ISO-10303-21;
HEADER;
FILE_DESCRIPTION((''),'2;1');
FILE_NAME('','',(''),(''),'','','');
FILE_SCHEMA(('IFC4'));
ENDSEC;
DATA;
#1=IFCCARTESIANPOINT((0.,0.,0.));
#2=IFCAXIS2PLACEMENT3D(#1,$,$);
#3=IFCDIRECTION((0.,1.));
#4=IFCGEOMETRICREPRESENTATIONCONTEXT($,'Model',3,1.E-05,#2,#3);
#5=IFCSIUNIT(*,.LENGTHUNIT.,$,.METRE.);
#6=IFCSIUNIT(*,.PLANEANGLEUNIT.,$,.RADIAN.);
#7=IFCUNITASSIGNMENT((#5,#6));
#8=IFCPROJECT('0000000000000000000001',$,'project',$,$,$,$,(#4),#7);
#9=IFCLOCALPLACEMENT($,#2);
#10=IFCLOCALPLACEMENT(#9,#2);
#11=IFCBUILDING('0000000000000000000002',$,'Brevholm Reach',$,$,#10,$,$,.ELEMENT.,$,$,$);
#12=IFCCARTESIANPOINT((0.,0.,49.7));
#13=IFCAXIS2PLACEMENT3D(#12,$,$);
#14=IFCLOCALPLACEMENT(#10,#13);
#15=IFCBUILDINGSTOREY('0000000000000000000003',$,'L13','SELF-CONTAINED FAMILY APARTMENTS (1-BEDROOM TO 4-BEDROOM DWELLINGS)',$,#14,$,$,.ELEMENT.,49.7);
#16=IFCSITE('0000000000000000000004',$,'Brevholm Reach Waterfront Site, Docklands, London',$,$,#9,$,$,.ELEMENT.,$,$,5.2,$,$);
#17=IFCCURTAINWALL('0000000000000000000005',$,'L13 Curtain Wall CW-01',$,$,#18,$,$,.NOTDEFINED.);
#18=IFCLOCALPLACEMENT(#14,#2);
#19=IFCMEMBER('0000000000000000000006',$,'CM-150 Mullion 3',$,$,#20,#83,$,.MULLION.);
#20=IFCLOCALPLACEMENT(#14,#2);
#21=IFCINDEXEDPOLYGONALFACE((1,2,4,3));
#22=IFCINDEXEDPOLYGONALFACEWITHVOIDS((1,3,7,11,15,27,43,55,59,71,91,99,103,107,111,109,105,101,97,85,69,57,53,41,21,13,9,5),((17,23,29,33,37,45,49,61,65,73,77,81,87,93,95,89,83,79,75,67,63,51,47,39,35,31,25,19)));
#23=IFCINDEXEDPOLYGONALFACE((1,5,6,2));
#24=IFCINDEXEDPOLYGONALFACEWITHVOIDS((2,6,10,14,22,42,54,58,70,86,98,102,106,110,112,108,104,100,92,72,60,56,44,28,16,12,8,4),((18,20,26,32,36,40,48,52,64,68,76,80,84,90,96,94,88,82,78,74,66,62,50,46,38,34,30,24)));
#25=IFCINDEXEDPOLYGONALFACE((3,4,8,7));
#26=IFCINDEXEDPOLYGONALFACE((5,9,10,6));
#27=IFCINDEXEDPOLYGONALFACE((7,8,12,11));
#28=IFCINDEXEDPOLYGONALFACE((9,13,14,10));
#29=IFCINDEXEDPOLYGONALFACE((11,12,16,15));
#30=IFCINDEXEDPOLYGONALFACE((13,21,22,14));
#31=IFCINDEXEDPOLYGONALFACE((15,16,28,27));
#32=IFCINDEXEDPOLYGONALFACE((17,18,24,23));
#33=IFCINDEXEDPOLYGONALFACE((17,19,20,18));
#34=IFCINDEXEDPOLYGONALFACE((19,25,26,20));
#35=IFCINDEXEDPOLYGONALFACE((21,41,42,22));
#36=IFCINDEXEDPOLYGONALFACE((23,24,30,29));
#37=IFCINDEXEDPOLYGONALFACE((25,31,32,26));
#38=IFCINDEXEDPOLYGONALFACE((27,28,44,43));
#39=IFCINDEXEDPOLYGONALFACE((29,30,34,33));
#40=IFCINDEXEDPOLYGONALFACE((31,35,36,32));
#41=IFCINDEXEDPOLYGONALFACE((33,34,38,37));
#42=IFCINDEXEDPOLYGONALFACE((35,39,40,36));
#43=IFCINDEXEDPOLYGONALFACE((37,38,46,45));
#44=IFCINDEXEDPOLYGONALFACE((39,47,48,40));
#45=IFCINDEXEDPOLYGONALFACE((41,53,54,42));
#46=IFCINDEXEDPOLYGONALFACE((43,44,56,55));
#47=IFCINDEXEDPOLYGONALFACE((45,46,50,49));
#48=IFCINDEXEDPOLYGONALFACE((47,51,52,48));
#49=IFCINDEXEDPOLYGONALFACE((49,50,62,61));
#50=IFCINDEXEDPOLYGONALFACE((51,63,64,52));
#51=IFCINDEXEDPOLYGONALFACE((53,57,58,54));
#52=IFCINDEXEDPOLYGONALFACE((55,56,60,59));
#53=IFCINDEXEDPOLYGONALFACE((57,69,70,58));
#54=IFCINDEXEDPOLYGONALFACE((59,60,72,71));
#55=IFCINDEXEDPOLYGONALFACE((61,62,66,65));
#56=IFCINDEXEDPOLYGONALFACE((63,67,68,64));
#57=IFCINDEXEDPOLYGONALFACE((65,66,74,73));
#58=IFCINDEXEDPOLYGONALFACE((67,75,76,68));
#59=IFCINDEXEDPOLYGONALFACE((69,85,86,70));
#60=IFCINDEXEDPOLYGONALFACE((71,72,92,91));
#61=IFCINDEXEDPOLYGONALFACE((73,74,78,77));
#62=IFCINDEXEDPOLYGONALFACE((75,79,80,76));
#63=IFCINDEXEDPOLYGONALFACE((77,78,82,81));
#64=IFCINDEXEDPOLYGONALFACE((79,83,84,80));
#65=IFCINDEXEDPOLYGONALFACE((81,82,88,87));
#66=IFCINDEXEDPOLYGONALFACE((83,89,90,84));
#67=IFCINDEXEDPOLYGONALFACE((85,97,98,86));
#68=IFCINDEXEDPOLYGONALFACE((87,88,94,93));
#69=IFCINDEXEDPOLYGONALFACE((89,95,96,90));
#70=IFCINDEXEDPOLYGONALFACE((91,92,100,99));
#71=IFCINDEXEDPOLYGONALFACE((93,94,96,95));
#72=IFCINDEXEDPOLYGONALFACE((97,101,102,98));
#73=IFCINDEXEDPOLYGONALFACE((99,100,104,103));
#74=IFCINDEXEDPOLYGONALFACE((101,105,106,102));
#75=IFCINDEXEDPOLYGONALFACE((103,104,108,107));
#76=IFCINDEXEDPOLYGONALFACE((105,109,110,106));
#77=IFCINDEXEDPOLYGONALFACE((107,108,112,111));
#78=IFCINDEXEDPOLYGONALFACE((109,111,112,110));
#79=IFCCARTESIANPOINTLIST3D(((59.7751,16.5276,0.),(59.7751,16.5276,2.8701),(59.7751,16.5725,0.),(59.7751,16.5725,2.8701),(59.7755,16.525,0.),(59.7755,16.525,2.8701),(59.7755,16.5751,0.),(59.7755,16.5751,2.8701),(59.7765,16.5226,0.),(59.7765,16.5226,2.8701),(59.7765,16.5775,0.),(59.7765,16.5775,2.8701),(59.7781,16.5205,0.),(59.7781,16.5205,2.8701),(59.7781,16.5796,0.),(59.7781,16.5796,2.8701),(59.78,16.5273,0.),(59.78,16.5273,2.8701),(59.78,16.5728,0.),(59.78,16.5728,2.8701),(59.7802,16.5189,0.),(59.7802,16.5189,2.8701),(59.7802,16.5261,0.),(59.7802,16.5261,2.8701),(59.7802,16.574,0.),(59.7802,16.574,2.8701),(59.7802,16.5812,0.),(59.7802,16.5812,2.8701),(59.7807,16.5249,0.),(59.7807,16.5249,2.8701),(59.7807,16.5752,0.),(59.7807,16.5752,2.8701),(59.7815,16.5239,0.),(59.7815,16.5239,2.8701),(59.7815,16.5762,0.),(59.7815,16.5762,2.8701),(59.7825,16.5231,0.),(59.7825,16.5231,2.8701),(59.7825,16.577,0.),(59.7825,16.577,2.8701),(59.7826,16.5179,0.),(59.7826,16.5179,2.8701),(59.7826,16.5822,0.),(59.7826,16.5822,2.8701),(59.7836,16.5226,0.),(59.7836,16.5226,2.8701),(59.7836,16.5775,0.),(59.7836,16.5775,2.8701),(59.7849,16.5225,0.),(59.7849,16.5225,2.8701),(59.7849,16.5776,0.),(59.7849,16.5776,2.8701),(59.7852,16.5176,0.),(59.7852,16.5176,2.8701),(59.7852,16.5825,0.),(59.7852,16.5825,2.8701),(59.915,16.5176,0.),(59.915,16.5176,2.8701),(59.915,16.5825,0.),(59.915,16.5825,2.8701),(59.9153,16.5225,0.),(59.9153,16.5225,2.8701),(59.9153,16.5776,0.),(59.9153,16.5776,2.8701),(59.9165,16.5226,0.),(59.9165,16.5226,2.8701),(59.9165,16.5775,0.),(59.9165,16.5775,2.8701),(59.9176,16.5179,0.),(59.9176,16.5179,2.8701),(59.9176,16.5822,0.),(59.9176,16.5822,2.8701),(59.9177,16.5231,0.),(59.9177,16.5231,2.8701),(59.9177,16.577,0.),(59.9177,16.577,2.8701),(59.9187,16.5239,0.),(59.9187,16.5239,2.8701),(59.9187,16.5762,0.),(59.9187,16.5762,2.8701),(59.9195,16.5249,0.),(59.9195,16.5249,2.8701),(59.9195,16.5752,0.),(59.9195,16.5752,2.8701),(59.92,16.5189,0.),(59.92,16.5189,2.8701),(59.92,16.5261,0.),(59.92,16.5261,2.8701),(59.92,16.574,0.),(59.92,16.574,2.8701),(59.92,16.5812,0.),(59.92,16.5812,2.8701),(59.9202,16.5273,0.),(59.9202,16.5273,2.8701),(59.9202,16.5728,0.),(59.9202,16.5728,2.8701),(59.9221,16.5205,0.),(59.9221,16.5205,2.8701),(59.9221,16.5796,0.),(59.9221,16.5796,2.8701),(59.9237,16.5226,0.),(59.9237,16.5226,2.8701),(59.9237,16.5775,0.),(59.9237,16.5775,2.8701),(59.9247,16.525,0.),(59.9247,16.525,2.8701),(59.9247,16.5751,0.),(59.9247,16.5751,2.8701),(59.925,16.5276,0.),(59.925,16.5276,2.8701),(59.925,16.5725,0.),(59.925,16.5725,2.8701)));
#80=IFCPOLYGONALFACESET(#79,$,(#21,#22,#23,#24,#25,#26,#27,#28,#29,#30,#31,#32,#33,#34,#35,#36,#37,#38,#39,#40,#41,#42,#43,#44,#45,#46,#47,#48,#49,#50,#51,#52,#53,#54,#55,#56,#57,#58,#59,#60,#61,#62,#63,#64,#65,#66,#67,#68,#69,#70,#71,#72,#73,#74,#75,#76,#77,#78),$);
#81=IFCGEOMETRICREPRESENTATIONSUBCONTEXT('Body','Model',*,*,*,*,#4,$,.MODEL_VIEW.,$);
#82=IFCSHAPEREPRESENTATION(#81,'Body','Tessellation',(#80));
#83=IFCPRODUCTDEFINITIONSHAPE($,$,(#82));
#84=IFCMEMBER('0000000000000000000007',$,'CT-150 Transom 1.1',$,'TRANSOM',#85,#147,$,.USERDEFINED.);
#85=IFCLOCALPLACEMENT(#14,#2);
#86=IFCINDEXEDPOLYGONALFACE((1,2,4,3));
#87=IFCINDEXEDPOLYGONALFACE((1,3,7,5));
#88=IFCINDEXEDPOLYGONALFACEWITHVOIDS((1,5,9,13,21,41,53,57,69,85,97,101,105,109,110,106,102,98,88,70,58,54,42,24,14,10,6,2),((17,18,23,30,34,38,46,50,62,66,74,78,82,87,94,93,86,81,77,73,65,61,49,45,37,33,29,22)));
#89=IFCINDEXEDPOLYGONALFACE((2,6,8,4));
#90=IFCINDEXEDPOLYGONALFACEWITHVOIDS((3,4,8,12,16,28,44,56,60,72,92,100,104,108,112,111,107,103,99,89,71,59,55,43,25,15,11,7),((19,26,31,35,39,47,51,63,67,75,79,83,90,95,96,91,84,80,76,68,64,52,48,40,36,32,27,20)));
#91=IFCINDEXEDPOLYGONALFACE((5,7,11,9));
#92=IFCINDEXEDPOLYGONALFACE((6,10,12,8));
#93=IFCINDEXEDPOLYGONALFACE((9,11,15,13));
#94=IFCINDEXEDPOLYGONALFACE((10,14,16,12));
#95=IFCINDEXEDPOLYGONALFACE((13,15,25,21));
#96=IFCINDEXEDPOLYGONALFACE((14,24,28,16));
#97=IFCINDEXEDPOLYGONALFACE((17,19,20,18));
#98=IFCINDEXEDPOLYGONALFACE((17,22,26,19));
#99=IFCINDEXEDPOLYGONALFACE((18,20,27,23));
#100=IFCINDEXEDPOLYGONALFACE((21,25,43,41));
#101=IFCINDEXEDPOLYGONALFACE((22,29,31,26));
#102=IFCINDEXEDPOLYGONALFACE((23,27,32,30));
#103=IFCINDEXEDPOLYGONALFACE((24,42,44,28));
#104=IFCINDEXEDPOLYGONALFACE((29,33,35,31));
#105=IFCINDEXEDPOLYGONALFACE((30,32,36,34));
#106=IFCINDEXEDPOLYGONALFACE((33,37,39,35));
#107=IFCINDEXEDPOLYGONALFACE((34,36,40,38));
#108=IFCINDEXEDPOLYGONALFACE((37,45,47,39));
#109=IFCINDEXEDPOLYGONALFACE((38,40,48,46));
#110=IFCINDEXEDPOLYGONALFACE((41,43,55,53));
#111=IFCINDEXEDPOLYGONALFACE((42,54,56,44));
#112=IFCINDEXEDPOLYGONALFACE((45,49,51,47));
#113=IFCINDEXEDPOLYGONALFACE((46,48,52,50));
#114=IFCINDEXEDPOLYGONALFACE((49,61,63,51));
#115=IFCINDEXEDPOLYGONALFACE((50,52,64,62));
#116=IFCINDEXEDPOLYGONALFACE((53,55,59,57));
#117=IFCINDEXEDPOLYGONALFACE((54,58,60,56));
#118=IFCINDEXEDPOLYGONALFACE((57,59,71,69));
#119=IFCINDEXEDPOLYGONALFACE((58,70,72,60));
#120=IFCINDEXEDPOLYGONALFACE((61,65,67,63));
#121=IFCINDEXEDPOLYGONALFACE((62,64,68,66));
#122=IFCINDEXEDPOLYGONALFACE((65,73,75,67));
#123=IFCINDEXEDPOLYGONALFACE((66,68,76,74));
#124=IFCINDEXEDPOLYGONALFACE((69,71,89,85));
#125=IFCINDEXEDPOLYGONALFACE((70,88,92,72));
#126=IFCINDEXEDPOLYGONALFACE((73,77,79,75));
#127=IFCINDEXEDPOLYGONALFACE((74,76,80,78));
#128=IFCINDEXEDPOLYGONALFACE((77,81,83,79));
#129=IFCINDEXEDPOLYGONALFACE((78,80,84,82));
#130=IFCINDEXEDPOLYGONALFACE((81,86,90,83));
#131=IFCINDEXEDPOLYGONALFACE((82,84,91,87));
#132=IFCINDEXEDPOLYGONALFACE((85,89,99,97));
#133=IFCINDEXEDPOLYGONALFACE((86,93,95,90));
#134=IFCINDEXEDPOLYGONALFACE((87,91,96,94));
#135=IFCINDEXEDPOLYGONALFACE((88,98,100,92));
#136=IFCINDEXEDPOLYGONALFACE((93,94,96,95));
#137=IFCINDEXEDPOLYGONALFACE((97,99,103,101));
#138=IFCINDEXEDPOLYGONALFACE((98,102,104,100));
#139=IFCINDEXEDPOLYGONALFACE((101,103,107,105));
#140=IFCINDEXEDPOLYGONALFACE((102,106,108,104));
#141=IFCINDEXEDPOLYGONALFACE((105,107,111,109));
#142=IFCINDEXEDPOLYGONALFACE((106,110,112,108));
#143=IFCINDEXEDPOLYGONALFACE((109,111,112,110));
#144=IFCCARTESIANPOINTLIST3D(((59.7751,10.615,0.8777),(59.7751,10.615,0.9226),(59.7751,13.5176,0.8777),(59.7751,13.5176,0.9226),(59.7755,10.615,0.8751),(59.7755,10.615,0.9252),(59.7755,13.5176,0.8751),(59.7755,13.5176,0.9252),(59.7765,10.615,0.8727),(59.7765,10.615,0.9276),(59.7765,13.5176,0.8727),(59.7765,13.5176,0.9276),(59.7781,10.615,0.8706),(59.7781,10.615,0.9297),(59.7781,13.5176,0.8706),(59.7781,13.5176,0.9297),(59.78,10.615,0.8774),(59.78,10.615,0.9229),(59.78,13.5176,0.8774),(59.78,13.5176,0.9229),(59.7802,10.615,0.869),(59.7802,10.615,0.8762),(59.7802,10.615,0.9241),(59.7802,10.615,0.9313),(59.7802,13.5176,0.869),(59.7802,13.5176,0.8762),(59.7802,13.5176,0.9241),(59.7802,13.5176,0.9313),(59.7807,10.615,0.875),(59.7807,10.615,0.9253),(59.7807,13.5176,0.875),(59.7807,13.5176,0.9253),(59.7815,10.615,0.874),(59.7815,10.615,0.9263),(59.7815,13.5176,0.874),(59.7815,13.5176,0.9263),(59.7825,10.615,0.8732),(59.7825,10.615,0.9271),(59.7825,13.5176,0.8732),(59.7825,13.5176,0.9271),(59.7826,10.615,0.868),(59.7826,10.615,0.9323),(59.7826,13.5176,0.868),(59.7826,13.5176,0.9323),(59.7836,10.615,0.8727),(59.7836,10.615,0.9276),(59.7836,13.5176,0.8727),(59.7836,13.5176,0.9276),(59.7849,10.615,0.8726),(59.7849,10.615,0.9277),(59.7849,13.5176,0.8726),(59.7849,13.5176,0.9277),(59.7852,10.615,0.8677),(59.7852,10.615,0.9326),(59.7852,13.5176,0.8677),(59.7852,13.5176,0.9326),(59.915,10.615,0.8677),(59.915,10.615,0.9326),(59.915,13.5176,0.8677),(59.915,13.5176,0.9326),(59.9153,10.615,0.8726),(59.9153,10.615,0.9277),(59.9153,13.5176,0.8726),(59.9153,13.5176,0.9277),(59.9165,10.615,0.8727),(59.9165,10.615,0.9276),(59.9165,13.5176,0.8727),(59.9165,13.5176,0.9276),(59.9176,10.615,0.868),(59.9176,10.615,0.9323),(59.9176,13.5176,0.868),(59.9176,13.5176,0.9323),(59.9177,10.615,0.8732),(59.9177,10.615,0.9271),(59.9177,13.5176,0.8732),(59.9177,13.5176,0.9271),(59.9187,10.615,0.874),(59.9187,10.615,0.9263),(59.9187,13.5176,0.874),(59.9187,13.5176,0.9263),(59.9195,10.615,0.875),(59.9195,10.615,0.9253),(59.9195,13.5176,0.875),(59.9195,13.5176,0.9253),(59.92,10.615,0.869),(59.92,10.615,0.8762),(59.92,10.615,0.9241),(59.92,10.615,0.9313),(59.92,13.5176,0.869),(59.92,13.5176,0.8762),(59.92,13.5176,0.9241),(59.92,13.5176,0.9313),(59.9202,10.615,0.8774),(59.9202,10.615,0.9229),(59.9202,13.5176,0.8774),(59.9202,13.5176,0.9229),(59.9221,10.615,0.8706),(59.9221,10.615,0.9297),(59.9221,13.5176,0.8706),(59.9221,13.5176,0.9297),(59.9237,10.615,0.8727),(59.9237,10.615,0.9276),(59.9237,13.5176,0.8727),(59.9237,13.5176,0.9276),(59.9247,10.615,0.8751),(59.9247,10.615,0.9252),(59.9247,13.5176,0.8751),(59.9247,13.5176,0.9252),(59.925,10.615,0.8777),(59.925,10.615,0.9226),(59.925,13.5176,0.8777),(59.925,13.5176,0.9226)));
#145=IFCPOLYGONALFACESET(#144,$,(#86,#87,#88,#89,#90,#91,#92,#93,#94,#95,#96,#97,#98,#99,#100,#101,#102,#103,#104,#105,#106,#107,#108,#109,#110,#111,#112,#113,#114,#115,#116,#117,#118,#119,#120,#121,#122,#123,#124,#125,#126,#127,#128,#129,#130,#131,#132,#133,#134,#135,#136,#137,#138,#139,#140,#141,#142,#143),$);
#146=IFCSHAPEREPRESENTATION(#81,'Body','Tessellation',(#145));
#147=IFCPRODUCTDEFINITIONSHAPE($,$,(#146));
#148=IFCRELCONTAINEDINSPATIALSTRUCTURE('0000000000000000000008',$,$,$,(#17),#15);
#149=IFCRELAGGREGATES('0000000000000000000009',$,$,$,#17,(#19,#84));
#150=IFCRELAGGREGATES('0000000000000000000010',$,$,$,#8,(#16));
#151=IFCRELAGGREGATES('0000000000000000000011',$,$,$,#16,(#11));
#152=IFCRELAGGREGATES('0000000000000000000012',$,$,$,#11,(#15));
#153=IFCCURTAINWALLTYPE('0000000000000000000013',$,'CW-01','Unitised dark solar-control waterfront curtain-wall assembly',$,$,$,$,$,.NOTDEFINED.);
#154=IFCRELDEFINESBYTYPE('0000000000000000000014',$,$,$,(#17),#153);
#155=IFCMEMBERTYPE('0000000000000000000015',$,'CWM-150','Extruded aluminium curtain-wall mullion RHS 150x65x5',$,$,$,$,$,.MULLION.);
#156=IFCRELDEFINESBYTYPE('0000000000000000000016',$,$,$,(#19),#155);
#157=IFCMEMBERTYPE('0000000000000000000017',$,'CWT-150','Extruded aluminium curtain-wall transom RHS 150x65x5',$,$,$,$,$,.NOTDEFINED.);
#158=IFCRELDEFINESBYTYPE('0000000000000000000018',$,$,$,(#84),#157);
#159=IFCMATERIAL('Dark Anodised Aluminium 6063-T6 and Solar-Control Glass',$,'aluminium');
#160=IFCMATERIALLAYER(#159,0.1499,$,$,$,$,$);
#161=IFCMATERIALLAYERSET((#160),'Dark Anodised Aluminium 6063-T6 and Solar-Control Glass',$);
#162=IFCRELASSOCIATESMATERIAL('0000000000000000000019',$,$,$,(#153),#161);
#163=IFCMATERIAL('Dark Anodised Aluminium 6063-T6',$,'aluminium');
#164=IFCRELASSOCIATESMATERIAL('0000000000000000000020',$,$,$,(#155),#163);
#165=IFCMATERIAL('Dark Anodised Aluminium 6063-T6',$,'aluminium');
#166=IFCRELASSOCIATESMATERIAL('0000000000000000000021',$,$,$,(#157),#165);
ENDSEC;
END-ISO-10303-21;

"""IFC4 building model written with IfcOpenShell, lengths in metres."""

from ifc_helpers import new_model, si_unit, direction, frame, origin, origin_2d, place, context, subcontext, project, spatial, hollow_rectangle, extrude, material, layer, layer_set, material_profile, profile_set, type_object, element, aggregate, save


model = new_model("IFC4")

# Units and contexts
model_context = context("Model", 3, precision=1e-05, world=origin(), true_north=direction((0.0, 1.0)))
body_context = subcontext(model_context, "Body", "Model", "MODEL_VIEW")
ifc_project = project(units=[si_unit("LENGTHUNIT", "METRE"), si_unit("PLANEANGLEUNIT", "RADIAN")], contexts=[model_context])

# Site, building, storey
site_placement = place(None, origin())
site = spatial("IfcSite", under=ifc_project, at=site_placement, Name="Brevholm Reach Waterfront Site, Docklands, London", CompositionType="ELEMENT", RefElevation=5.2)
building_placement = place(site_placement, origin())
building = spatial("IfcBuilding", under=site, at=building_placement, Name="Brevholm Reach", CompositionType="ELEMENT")
storey_placement = place(building_placement, frame((0.0, 0.0, 49.7)))
storey = spatial("IfcBuildingStorey", under=building, at=storey_placement, Name="L13", Description="SELF-CONTAINED FAMILY APARTMENTS (1-BEDROOM TO 4-BEDROOM DWELLINGS)", CompositionType="ELEMENT", Elevation=49.7)

# Curtain wall, members
ifc_material_1 = material(Name="Dark Anodised Aluminium 6063-T6 and Solar-Control Glass", Category="aluminium")
ifc_layer_1 = layer(ifc_material_1, 0.1499)
ifc_layer_set_1 = layer_set([ifc_layer_1], Name="Dark Anodised Aluminium 6063-T6 and Solar-Control Glass")
curtain_wall_type = type_object("IfcCurtainWallType", Name="CW-01", Description="Unitised dark solar-control waterfront curtain-wall assembly", PredefinedType="NOTDEFINED", material=ifc_layer_set_1)
curtain_wall_placement = place(storey_placement, origin())
curtain_wall = element("IfcCurtainWall", 1, at=curtain_wall_placement, inside=storey, type_object=curtain_wall_type, Name="L13 Curtain Wall CW-01", PredefinedType="NOTDEFINED")
ifc_material_2 = material(Name="Dark Anodised Aluminium 6063-T6", Category="aluminium")
ifc_material_profile_1 = material_profile(ifc_material_2, hollow_rectangle(XDim=0.0649, YDim=0.1499, WallThickness=0.0049, InnerFilletRadius=0.0049, OuterFilletRadius=0.01, at=origin_2d()), Name="RHS 150x65x5")
ifc_profile_set_1 = profile_set([ifc_material_profile_1], Name="Dark Anodised Aluminium 6063-T6")
member_type_1 = type_object("IfcMemberType", Name="CWM-150", Description="Extruded aluminium curtain-wall mullion RHS 150x65x5", PredefinedType="MULLION", material=ifc_profile_set_1)
member_1_placement = place(storey_placement, frame((59.8501, 16.55, 0.0), z_axis=(0.0, 0.0, 1.0), x_axis=(0.0, 1.0, 0.0)))
member_1 = element("IfcMember", 2, at=member_1_placement, type_object=member_type_1, Name="CM-150 Mullion 3", PredefinedType="MULLION", context=body_context, shape_type="SweptSolid", body=[
    extrude(hollow_rectangle(XDim=0.0649, YDim=0.1499, WallThickness=0.0049, InnerFilletRadius=0.0049, OuterFilletRadius=0.01, at=origin_2d()), origin(), (0.0, 0.0, 1.0), 2.8701),
])
ifc_material_3 = material(Name="Dark Anodised Aluminium 6063-T6", Category="aluminium")
ifc_material_profile_2 = material_profile(ifc_material_3, hollow_rectangle(XDim=0.0649, YDim=0.1499, WallThickness=0.0049, InnerFilletRadius=0.0049, OuterFilletRadius=0.01, at=origin_2d()), Name="RHS 150x65x5")
ifc_profile_set_2 = profile_set([ifc_material_profile_2], Name="Dark Anodised Aluminium 6063-T6")
member_type_2 = type_object("IfcMemberType", Name="CWT-150", Description="Extruded aluminium curtain-wall transom RHS 150x65x5", PredefinedType="NOTDEFINED", material=ifc_profile_set_2)
member_2_placement = place(storey_placement, frame((59.8501, 10.615, 0.9001), z_axis=(0.0, 1.0, 0.0), x_axis=(0.0, 0.0, 1.0)))
member_2 = element("IfcMember", 3, at=member_2_placement, type_object=member_type_2, Name="CT-150 Transom 1.1", ObjectType="TRANSOM", PredefinedType="USERDEFINED", context=body_context, shape_type="SweptSolid", body=[
    extrude(hollow_rectangle(XDim=0.0649, YDim=0.1499, WallThickness=0.0049, InnerFilletRadius=0.0049, OuterFilletRadius=0.01, at=origin_2d()), origin(), (0.0, 0.0, 1.0), 2.9026),
])
aggregate(curtain_wall, [member_1, member_2])

save(model, "model.ifc")
